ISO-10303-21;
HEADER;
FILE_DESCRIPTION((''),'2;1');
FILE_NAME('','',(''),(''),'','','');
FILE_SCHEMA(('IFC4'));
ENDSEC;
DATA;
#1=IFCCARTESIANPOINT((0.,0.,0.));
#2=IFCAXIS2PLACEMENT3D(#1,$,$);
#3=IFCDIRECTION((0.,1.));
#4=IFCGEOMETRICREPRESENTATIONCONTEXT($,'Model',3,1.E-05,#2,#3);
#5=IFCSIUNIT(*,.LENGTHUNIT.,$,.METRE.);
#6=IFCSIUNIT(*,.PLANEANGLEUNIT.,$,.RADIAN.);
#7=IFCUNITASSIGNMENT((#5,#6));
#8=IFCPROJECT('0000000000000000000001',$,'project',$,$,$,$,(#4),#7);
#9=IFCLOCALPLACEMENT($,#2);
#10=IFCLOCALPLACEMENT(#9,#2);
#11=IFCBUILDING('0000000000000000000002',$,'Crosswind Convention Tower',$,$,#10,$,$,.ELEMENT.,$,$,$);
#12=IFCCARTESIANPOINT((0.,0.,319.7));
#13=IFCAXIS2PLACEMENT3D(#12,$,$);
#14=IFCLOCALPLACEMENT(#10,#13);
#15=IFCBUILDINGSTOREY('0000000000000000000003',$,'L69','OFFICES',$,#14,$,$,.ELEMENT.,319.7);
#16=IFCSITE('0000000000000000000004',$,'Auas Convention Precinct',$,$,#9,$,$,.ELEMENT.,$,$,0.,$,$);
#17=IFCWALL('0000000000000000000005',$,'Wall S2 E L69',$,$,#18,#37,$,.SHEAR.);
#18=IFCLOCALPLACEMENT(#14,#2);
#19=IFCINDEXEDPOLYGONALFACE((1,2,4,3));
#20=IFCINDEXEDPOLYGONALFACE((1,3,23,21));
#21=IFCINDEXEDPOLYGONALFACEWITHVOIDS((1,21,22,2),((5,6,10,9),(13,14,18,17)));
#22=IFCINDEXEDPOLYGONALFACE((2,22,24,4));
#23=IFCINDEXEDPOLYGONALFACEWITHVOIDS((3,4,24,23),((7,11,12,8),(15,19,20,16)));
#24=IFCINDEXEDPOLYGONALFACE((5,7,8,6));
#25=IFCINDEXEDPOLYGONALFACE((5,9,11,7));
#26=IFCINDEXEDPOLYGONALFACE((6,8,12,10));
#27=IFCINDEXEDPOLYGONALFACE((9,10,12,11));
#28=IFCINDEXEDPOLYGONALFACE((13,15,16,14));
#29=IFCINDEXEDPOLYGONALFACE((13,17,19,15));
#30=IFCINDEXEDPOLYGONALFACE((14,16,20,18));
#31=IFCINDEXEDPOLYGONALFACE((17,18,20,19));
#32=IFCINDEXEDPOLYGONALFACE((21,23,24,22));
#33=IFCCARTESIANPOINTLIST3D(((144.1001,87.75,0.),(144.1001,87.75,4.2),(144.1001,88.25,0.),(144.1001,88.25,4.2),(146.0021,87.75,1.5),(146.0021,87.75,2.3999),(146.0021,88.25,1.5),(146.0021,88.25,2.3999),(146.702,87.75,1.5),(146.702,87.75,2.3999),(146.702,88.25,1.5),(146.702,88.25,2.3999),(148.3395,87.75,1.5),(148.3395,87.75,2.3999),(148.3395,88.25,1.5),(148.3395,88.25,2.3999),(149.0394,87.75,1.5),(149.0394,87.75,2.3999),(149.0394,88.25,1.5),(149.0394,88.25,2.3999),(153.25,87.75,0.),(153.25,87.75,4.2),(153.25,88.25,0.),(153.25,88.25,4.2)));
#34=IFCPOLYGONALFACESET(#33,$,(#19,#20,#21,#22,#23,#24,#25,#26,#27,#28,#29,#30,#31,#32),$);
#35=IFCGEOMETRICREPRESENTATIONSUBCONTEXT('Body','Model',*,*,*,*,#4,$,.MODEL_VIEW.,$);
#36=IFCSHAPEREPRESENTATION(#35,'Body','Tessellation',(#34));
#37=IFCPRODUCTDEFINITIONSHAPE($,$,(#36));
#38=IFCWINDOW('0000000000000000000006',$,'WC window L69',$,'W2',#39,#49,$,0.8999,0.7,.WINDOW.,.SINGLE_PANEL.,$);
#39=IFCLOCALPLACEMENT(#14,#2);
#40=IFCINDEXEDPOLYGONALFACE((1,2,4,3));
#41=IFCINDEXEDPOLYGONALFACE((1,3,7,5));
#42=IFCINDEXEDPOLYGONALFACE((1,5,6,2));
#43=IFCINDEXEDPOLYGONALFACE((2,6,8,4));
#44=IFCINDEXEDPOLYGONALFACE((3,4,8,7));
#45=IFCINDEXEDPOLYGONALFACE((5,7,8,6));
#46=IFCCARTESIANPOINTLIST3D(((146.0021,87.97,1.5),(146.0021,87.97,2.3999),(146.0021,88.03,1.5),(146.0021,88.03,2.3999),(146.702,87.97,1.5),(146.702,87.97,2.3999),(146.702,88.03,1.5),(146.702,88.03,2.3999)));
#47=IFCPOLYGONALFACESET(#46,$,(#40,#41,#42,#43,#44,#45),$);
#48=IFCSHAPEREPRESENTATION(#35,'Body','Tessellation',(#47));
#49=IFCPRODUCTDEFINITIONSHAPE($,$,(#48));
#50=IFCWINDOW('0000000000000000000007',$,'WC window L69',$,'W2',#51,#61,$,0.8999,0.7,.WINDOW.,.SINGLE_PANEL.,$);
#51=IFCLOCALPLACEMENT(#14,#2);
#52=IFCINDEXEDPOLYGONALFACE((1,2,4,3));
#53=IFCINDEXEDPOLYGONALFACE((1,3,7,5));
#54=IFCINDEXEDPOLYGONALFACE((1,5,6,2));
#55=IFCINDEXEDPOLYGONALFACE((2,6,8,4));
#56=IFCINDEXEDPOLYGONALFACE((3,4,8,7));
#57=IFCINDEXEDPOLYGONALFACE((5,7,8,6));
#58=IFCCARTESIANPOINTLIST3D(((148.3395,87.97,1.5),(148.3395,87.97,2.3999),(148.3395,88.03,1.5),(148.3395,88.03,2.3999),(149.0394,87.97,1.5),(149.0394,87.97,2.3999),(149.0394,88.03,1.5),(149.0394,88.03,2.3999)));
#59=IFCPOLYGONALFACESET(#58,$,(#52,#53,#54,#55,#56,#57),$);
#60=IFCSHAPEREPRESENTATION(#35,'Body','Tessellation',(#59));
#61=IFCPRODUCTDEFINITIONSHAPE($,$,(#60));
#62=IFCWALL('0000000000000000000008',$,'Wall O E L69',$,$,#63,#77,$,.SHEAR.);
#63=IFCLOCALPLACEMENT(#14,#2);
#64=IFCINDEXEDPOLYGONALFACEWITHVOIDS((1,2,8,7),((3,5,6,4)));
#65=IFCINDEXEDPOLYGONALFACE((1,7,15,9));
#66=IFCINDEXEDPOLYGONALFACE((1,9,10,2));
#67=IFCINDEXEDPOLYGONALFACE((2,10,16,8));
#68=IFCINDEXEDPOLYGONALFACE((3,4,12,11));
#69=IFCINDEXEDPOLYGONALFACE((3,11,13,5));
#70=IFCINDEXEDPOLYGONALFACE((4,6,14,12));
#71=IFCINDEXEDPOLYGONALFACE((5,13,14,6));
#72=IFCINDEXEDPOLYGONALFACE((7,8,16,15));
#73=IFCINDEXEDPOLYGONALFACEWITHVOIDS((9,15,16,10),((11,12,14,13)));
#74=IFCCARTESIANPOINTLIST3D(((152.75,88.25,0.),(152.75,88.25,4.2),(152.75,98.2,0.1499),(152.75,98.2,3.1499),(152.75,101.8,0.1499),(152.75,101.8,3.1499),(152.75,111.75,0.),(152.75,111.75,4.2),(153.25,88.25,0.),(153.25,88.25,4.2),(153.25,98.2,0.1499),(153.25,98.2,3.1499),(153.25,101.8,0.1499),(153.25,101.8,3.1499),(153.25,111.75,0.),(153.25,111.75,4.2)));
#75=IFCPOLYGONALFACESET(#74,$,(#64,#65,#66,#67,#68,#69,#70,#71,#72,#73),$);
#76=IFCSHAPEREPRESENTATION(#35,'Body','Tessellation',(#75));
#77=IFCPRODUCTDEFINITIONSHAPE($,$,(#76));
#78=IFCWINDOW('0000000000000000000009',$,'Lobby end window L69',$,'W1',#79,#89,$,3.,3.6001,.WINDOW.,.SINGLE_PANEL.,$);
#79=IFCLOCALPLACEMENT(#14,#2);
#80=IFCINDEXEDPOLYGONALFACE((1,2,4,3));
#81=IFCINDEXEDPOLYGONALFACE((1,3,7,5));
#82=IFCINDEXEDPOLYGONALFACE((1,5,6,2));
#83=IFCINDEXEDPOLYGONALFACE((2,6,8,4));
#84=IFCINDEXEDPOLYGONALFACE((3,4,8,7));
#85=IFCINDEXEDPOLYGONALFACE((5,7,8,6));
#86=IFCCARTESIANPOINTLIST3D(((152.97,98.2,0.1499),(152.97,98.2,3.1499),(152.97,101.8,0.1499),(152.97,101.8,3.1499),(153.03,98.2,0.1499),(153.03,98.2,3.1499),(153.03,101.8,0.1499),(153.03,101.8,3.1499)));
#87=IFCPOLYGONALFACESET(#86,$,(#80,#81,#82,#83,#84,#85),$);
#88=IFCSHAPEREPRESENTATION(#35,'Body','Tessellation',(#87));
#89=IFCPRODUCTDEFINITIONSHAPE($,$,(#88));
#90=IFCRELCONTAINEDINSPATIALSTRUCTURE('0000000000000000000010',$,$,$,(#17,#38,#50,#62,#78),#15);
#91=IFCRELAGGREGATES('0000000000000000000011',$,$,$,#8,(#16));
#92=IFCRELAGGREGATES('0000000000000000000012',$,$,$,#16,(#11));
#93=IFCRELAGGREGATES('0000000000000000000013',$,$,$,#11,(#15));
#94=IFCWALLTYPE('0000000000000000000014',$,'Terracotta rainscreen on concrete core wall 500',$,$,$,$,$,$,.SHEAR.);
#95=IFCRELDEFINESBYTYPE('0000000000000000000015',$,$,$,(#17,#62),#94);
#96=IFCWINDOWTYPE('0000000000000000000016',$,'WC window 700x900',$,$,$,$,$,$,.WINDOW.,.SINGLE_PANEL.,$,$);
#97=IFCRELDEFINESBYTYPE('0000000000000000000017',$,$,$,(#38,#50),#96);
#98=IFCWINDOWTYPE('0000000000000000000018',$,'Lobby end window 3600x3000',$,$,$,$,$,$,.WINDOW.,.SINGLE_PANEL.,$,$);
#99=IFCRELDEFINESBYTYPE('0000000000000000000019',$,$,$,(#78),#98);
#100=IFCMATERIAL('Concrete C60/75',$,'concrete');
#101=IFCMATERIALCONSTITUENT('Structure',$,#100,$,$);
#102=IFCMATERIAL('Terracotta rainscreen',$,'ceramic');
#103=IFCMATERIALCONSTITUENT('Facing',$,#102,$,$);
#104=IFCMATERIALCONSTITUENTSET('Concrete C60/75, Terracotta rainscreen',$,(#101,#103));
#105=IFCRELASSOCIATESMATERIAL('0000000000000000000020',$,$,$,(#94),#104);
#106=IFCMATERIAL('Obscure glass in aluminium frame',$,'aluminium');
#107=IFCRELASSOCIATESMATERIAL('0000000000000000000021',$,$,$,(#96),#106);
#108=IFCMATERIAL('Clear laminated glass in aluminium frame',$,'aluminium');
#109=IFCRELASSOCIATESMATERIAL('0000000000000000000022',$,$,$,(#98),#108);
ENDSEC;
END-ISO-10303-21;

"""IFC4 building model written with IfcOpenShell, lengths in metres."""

from ifc_helpers import new_model, si_unit, direction, frame, frame_2d, origin, place, context, subcontext, project, spatial, rectangle, extrude, material, constituent, constituent_set, type_object, element, fill, save


model = new_model("IFC4")

# Units and contexts
model_context = context("Model", 3, precision=1e-05, world=origin(), true_north=direction((0.0, 1.0)))
body_context = subcontext(model_context, "Body", "Model", "MODEL_VIEW")
ifc_project = project(units=[si_unit("LENGTHUNIT", "METRE"), si_unit("PLANEANGLEUNIT", "RADIAN")], contexts=[model_context])

# Site, building, storey
site_placement = place(None, origin())
site = spatial("IfcSite", under=ifc_project, at=site_placement, Name="Auas Convention Precinct", CompositionType="ELEMENT", RefElevation=0.0)
building_placement = place(site_placement, origin())
building = spatial("IfcBuilding", under=site, at=building_placement, Name="Crosswind Convention Tower", CompositionType="ELEMENT")
storey_placement = place(building_placement, frame((0.0, 0.0, 319.7)))
storey = spatial("IfcBuildingStorey", under=building, at=storey_placement, Name="L69", Description="OFFICES", CompositionType="ELEMENT", Elevation=319.7)

# Wall, openings, windows
ifc_material_1 = material(Name="Concrete C60/75", Category="concrete")
ifc_constituent_1 = constituent(ifc_material_1, Name="Structure")
ifc_material_2 = material(Name="Terracotta rainscreen", Category="ceramic")
ifc_constituent_2 = constituent(ifc_material_2, Name="Facing")
ifc_constituent_set = constituent_set(constituents=[ifc_constituent_1, ifc_constituent_2], Name="Concrete C60/75, Terracotta rainscreen")
wall_type_1 = type_object("IfcWallType", Name="Terracotta rainscreen on concrete core wall 500", PredefinedType="SHEAR", material=ifc_constituent_set)
wall_1_placement = place(storey_placement, frame((144.1001, 88.0, 0.0), z_axis=(0.0, 0.0, 1.0), x_axis=(1.0, 0.0, 0.0)))
wall_1 = element("IfcWall", 1, at=wall_1_placement, inside=storey, type_object=wall_type_1, Name="Wall S2 E L69", PredefinedType="SHEAR", context=body_context, shape_type="SweptSolid", body=[
    extrude(rectangle(XDim=9.1499, YDim=0.5, at=frame_2d((4.575, 0.0))), origin(), (0.0, 0.0, 1.0), 4.2),
])
opening_1_placement = place(wall_1_placement, frame((1.9019, 0.0, 1.5)))
opening_1 = element("IfcOpeningElement", 2, at=opening_1_placement, cuts=wall_1, PredefinedType="OPENING", context=body_context, shape_type="SweptSolid", body=[
    extrude(rectangle(XDim=0.7, YDim=0.8999, at=frame_2d((0.3501, 0.45))), frame((0.0, 0.26, 0.0), z_axis=(0.0, -1.0, 0.0), x_axis=(1.0, 0.0, 0.0)), (0.0, 0.0, 1.0), 0.52),
])
opening_2_placement = place(wall_1_placement, frame((4.2393, 0.0, 1.5)))
opening_2 = element("IfcOpeningElement", 3, at=opening_2_placement, cuts=wall_1, PredefinedType="OPENING", context=body_context, shape_type="SweptSolid", body=[
    extrude(rectangle(XDim=0.7, YDim=0.8999, at=frame_2d((0.3501, 0.45))), frame((0.0, 0.26, 0.0), z_axis=(0.0, -1.0, 0.0), x_axis=(1.0, 0.0, 0.0)), (0.0, 0.0, 1.0), 0.52),
])
ifc_material_3 = material(Name="Obscure glass in aluminium frame", Category="aluminium")
window_type_1 = type_object("IfcWindowType", Name="WC window 700x900", PartitioningType="SINGLE_PANEL", PredefinedType="WINDOW", material=ifc_material_3)
window_1_placement = place(opening_1_placement, origin())
window_1 = element("IfcWindow", 4, at=window_1_placement, inside=storey, type_object=window_type_1, Name="WC window L69", ObjectType="W2", OverallHeight=0.8999, OverallWidth=0.7, PartitioningType="SINGLE_PANEL", PredefinedType="WINDOW", context=body_context, shape_type="SweptSolid", body=[
    extrude(rectangle(XDim=0.7, YDim=0.8999, at=frame_2d((0.3501, 0.45))), frame((0.0, 0.03, 0.0), z_axis=(0.0, -1.0, 0.0), x_axis=(1.0, 0.0, 0.0)), (0.0, 0.0, 1.0), 0.0601),
])
fill(opening_1, window_1)
window_2_placement = place(opening_2_placement, origin())
window_2 = element("IfcWindow", 5, at=window_2_placement, inside=storey, type_object=window_type_1, Name="WC window L69", ObjectType="W2", OverallHeight=0.8999, OverallWidth=0.7, PartitioningType="SINGLE_PANEL", PredefinedType="WINDOW", context=body_context, shape_type="SweptSolid", body=[
    extrude(rectangle(XDim=0.7, YDim=0.8999, at=frame_2d((0.3501, 0.45))), frame((0.0, 0.03, 0.0), z_axis=(0.0, -1.0, 0.0), x_axis=(1.0, 0.0, 0.0)), (0.0, 0.0, 1.0), 0.0601),
])
fill(opening_2, window_2)

# Wall, opening, window
wall_2_placement = place(storey_placement, frame((153.0, 88.25, 0.0), z_axis=(0.0, 0.0, 1.0), x_axis=(0.0, 1.0, 0.0)))
wall_2 = element("IfcWall", 6, at=wall_2_placement, inside=storey, type_object=wall_type_1, Name="Wall O E L69", PredefinedType="SHEAR", context=body_context, shape_type="SweptSolid", body=[
    extrude(rectangle(XDim=23.5, YDim=0.5, at=frame_2d((11.75, 0.0))), origin(), (0.0, 0.0, 1.0), 4.2),
])
opening_3_placement = place(wall_2_placement, frame((9.95, 0.0, 0.1499)))
opening_3 = element("IfcOpeningElement", 7, at=opening_3_placement, cuts=wall_2, PredefinedType="OPENING", context=body_context, shape_type="SweptSolid", body=[
    extrude(rectangle(XDim=3.6001, YDim=3.0, at=frame_2d((1.8, 1.5))), frame((0.0, 0.26, 0.0), z_axis=(0.0, -1.0, 0.0), x_axis=(1.0, 0.0, 0.0)), (0.0, 0.0, 1.0), 0.52),
])
ifc_material_4 = material(Name="Clear laminated glass in aluminium frame", Category="aluminium")
window_type_2 = type_object("IfcWindowType", Name="Lobby end window 3600x3000", PartitioningType="SINGLE_PANEL", PredefinedType="WINDOW", material=ifc_material_4)
window_3_placement = place(opening_3_placement, origin())
window_3 = element("IfcWindow", 8, at=window_3_placement, inside=storey, type_object=window_type_2, Name="Lobby end window L69", ObjectType="W1", OverallHeight=3.0, OverallWidth=3.6001, PartitioningType="SINGLE_PANEL", PredefinedType="WINDOW", context=body_context, shape_type="SweptSolid", body=[
    extrude(rectangle(XDim=3.6001, YDim=3.0, at=frame_2d((1.8, 1.5))), frame((0.0, 0.03, 0.0), z_axis=(0.0, -1.0, 0.0), x_axis=(1.0, 0.0, 0.0)), (0.0, 0.0, 1.0), 0.0601),
])
fill(opening_3, window_3)

save(model, "model.ifc")
